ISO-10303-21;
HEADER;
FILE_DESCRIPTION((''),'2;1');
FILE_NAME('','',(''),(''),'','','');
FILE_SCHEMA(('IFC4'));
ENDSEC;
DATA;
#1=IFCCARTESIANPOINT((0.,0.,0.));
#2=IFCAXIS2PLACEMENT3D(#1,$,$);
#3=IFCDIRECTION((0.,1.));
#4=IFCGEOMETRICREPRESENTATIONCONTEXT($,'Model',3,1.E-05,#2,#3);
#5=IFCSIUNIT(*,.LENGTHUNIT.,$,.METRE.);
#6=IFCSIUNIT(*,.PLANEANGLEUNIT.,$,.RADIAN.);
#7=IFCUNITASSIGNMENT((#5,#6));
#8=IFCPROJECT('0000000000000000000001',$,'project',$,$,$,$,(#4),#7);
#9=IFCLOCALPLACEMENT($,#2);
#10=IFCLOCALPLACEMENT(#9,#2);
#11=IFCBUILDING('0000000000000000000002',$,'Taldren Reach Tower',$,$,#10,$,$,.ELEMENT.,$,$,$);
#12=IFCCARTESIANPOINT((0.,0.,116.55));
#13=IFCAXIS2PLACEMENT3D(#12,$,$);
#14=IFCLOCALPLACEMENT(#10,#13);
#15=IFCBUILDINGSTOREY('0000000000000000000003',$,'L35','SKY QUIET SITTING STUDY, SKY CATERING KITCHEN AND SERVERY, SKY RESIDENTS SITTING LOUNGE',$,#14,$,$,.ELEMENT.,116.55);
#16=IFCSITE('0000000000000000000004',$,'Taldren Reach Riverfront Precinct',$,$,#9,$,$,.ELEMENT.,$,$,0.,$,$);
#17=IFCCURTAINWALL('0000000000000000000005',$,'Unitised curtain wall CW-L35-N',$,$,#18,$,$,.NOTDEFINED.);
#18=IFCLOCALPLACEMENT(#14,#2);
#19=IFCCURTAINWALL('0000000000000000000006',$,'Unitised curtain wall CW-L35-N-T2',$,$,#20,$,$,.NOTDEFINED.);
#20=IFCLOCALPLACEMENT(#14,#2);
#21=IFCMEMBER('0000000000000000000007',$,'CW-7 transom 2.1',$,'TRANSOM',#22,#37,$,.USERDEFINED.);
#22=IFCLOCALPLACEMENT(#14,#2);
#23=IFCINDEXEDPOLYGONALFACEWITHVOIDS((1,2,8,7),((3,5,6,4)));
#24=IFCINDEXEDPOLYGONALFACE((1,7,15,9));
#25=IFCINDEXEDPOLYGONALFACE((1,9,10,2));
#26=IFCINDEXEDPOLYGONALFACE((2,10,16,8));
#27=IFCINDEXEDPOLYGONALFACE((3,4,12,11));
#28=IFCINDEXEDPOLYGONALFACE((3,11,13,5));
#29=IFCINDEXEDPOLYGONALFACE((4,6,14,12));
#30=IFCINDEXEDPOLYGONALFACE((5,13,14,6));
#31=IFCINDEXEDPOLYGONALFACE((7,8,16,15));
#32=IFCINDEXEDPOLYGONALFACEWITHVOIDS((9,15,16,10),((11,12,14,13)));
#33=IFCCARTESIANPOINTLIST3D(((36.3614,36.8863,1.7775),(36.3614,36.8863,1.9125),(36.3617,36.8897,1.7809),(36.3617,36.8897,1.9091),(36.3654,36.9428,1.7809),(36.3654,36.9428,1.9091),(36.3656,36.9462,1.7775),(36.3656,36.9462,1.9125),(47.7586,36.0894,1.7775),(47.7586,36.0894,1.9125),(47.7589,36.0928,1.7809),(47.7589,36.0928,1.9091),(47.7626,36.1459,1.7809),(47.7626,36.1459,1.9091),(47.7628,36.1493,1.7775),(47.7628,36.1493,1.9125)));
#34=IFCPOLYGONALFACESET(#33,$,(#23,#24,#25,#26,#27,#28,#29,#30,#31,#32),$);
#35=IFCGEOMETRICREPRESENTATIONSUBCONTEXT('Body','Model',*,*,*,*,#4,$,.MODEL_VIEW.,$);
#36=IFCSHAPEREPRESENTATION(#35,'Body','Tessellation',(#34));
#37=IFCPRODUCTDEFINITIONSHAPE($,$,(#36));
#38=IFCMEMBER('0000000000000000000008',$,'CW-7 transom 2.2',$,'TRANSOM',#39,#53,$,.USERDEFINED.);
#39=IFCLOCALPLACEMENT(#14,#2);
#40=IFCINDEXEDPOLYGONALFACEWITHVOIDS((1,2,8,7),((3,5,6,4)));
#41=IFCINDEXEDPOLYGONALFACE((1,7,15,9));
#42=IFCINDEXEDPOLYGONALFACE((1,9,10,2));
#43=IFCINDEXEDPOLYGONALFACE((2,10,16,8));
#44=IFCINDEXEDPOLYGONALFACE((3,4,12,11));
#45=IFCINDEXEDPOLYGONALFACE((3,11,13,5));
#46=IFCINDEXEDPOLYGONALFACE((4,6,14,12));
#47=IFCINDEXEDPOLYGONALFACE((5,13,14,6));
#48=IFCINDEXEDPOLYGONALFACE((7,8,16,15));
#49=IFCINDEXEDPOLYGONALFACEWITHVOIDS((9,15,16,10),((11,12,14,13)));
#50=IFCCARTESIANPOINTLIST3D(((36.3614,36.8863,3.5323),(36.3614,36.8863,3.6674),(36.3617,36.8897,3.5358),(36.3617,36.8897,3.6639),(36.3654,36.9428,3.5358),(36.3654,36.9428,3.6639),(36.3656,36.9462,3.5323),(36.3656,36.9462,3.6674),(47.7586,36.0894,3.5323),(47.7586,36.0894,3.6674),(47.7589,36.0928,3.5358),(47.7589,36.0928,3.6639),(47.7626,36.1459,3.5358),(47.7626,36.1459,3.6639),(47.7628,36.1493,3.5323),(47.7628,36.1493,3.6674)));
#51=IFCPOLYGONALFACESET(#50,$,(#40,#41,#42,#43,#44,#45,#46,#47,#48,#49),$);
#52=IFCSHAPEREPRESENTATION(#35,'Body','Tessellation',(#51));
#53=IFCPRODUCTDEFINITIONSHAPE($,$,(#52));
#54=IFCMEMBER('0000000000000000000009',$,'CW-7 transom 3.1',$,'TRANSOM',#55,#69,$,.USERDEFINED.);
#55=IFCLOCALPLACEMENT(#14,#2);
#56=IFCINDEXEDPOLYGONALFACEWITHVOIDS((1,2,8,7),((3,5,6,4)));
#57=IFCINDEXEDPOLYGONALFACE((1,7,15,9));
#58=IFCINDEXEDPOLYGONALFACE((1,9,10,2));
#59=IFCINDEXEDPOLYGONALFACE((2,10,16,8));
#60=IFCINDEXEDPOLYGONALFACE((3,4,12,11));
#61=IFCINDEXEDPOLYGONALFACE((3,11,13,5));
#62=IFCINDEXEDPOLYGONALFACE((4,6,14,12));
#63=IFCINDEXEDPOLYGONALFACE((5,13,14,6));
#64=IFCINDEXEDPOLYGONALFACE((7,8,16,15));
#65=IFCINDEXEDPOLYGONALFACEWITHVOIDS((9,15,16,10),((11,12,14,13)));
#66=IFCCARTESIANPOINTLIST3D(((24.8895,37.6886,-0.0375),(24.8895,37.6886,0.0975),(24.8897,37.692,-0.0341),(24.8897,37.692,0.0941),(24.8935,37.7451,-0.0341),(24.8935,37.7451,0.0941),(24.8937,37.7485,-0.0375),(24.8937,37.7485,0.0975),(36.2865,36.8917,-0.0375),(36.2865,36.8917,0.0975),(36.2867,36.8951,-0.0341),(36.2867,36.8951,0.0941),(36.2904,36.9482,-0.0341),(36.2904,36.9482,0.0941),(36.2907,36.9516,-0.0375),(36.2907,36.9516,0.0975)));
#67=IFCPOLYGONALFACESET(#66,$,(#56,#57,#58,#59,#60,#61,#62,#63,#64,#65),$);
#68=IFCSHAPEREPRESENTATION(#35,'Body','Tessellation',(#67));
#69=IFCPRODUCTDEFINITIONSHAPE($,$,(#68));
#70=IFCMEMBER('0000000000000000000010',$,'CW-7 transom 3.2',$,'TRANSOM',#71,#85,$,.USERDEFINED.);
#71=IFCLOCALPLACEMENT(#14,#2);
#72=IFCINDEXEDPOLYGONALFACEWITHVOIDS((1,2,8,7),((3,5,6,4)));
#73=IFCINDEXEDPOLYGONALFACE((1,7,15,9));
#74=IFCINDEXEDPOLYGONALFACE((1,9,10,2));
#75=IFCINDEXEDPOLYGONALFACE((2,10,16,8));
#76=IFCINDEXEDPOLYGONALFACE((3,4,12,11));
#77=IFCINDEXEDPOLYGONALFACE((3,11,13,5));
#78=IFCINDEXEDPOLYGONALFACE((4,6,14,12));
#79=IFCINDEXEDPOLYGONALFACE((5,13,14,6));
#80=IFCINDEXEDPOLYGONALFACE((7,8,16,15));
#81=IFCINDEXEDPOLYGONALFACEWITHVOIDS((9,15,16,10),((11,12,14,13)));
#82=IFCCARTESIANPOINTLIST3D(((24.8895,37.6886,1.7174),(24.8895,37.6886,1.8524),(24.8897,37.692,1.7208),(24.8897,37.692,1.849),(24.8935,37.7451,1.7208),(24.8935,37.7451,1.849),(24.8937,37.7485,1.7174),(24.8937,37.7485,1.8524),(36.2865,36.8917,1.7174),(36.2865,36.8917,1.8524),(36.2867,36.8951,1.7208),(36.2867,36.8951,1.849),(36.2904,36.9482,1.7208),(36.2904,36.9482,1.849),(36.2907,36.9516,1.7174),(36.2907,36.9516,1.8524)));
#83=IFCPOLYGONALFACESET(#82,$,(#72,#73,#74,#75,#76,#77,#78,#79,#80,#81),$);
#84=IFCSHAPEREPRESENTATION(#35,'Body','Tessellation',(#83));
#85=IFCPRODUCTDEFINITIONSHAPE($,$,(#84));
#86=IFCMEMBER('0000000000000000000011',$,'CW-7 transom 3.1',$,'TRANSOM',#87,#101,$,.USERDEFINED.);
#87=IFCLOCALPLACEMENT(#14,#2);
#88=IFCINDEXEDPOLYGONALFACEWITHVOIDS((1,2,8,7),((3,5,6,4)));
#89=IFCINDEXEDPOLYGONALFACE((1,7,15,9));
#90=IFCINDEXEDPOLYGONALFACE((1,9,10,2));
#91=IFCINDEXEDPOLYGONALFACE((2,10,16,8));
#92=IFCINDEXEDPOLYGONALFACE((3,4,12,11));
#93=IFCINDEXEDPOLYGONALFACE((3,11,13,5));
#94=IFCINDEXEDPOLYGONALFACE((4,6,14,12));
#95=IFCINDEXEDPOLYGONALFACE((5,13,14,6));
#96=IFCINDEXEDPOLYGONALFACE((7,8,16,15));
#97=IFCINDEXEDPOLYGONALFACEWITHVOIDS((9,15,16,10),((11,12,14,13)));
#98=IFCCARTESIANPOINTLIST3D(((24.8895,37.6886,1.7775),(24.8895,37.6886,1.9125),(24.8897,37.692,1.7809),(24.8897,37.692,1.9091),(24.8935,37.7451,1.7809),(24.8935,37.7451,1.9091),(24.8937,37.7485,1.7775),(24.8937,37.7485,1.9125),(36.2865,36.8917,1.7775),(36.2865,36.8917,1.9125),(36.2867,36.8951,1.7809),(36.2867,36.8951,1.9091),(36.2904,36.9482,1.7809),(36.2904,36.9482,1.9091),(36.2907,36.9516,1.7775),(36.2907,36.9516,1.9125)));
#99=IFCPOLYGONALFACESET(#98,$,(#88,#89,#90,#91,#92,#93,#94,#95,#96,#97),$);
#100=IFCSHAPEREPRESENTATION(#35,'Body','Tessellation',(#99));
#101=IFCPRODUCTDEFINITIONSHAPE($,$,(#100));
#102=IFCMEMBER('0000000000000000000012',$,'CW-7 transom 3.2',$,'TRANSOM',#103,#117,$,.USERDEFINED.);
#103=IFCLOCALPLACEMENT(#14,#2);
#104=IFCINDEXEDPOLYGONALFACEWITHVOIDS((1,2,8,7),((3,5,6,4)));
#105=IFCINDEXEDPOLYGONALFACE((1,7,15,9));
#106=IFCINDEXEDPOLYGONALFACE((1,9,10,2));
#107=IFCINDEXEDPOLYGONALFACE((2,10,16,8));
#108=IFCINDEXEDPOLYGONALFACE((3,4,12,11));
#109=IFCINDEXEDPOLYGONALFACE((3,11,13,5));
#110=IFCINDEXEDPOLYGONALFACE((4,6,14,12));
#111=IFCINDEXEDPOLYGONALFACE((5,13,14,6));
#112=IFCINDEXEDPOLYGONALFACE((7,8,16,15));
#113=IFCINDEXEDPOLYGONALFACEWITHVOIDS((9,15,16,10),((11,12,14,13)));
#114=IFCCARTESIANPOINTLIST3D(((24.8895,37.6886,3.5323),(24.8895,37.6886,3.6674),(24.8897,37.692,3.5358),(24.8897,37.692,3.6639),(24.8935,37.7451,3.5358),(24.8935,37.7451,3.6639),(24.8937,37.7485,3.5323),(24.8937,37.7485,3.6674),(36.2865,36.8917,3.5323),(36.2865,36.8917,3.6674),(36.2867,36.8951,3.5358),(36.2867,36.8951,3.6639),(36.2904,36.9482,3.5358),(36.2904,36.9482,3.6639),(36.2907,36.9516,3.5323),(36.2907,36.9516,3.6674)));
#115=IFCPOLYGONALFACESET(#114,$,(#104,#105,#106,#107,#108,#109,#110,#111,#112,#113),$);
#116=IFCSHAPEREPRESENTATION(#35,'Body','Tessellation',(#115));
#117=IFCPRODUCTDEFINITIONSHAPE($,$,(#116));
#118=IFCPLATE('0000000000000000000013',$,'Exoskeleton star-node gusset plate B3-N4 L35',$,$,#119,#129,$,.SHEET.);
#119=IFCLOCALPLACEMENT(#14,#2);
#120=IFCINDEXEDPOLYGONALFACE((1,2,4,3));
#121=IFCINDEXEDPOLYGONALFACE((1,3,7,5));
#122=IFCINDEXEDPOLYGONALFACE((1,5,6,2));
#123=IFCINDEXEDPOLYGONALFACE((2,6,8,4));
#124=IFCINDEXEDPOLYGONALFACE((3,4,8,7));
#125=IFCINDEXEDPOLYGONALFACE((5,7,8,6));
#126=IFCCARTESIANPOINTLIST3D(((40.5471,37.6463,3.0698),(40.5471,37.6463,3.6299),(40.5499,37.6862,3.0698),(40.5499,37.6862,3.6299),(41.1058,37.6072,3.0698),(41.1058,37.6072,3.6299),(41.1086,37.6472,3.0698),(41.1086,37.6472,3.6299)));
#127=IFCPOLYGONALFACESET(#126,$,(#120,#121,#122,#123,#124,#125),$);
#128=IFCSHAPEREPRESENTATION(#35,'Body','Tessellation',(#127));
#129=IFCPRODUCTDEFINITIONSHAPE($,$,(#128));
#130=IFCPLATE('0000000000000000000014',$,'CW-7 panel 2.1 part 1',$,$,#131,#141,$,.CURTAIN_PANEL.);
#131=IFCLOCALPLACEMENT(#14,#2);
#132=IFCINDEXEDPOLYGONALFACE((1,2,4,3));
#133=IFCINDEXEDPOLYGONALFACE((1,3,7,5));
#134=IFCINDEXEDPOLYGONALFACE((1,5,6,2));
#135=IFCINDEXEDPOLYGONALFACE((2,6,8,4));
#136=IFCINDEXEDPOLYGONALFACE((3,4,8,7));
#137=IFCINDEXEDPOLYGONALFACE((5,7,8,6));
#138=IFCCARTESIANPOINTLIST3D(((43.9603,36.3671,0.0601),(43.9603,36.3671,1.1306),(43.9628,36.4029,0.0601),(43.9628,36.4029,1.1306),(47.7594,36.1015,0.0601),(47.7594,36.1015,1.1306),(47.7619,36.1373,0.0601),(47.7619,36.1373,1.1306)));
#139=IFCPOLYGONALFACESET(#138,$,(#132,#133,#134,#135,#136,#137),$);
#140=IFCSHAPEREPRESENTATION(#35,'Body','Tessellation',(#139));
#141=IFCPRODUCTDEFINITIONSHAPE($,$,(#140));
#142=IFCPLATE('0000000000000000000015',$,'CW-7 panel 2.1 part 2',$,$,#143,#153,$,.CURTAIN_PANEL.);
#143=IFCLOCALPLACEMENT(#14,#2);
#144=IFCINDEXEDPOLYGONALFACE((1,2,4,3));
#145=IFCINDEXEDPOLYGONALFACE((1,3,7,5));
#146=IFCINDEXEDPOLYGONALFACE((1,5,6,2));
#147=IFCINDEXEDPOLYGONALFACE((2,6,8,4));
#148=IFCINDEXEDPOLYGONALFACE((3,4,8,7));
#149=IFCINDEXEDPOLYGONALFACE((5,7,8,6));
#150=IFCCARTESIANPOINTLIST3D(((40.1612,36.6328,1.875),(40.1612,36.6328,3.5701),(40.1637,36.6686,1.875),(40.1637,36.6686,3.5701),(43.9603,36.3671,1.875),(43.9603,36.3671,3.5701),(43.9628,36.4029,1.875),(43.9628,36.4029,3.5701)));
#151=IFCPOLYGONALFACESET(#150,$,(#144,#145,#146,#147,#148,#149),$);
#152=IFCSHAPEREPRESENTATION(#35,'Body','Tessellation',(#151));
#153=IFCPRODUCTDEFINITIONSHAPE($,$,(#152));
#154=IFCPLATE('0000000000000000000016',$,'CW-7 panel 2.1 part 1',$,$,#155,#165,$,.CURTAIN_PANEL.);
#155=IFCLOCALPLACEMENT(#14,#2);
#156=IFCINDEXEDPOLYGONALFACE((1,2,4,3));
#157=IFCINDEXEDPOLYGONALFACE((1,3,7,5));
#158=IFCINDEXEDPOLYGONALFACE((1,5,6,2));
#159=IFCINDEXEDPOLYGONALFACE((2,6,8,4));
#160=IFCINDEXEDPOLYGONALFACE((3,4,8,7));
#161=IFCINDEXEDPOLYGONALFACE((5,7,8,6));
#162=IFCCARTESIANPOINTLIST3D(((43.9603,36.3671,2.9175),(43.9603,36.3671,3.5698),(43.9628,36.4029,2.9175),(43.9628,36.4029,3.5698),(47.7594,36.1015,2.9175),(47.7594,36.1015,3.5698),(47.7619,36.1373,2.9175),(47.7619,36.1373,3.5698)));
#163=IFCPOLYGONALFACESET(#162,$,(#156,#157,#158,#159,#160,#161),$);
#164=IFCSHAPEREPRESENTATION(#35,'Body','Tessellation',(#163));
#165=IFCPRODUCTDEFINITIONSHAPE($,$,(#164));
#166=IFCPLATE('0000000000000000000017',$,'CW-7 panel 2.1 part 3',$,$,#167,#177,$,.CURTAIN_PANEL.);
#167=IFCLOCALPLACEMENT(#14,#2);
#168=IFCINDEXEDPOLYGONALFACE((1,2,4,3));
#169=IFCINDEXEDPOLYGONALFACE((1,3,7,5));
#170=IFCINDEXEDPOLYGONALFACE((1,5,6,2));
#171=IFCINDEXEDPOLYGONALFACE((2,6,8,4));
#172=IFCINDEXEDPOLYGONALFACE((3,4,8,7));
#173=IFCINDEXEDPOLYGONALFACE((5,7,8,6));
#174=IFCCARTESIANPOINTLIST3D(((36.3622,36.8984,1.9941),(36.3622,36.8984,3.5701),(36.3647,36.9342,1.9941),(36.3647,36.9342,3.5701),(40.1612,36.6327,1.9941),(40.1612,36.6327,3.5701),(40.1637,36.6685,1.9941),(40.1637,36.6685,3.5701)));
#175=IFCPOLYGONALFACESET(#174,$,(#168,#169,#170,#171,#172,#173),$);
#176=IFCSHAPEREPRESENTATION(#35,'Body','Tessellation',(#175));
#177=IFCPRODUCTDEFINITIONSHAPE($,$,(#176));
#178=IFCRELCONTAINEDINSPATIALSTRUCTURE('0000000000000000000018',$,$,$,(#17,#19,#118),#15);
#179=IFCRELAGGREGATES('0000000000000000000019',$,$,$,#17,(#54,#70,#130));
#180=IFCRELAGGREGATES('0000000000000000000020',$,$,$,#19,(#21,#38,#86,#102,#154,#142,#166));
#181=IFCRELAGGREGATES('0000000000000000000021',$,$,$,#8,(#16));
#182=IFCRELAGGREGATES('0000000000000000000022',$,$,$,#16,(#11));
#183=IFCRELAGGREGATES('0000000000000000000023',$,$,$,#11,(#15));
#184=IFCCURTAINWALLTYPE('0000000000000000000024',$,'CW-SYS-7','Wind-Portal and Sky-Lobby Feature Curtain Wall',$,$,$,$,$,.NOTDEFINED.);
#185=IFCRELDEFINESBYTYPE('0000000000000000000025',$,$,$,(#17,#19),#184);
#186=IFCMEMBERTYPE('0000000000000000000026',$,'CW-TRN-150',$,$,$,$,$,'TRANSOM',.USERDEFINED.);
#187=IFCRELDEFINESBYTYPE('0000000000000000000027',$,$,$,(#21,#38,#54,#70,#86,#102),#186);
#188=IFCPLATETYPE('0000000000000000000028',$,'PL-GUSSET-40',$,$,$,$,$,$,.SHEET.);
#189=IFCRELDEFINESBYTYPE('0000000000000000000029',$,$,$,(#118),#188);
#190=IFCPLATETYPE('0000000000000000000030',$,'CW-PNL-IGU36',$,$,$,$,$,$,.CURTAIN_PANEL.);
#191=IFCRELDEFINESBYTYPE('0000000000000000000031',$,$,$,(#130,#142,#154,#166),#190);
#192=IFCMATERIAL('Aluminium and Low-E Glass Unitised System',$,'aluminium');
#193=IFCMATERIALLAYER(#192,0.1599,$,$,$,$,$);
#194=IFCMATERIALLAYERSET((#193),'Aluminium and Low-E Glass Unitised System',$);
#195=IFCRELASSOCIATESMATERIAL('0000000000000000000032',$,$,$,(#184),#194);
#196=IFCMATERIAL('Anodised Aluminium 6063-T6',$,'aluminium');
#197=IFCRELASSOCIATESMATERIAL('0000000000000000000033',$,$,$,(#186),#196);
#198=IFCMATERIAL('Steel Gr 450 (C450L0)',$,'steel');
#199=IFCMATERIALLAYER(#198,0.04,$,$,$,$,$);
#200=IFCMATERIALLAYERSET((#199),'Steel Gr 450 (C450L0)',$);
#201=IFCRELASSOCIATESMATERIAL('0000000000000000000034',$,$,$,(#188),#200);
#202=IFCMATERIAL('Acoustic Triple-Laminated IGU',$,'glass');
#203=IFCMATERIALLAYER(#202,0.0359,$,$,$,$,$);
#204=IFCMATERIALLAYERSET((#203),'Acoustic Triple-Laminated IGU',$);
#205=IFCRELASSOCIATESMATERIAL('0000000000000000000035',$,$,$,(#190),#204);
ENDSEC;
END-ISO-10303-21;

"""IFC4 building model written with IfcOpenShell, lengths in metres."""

from ifc_helpers import new_model, si_unit, direction, frame, origin, origin_2d, place, context, subcontext, project, spatial, rectangle, hollow_rectangle, extrude, source, transform, mapped, material, layer, layer_set, material_profile, profile_set, type_object, element, aggregate, save


model = new_model("IFC4")

# Units and contexts
model_context = context("Model", 3, precision=1e-05, world=origin(), true_north=direction((0.0, 1.0)))
body_context = subcontext(model_context, "Body", "Model", "MODEL_VIEW")
ifc_project = project(units=[si_unit("LENGTHUNIT", "METRE"), si_unit("PLANEANGLEUNIT", "RADIAN")], contexts=[model_context])

# Site, building, storey
site_placement = place(None, origin())
site = spatial("IfcSite", under=ifc_project, at=site_placement, Name="Taldren Reach Riverfront Precinct", CompositionType="ELEMENT", RefElevation=0.0)
building_placement = place(site_placement, origin())
building = spatial("IfcBuilding", under=site, at=building_placement, Name="Taldren Reach Tower", CompositionType="ELEMENT")
storey_placement = place(building_placement, frame((0.0, 0.0, 116.55)))
storey = spatial("IfcBuildingStorey", under=building, at=storey_placement, Name="L35", Description="SKY QUIET SITTING STUDY, SKY CATERING KITCHEN AND SERVERY, SKY RESIDENTS SITTING LOUNGE", CompositionType="ELEMENT", Elevation=116.55)

# Shared definitions
ifc_material_1 = material(Name="Steel Gr 450 (C450L0)", Category="steel")

# Curtain walls
ifc_material_2 = material(Name="Aluminium and Low-E Glass Unitised System", Category="aluminium")
ifc_layer_1 = layer(ifc_material_2, 0.1599)
ifc_layer_set_1 = layer_set([ifc_layer_1], Name="Aluminium and Low-E Glass Unitised System")
curtain_wall_type = type_object("IfcCurtainWallType", Name="CW-SYS-7", Description="Wind-Portal and Sky-Lobby Feature Curtain Wall", PredefinedType="NOTDEFINED", material=ifc_layer_set_1)
curtain_wall_1_placement = place(storey_placement, origin())
curtain_wall_1 = element("IfcCurtainWall", 1, at=curtain_wall_1_placement, inside=storey, type_object=curtain_wall_type, Name="Unitised curtain wall CW-L35-N", PredefinedType="NOTDEFINED")
ifc_material_3 = material(Name="Anodised Aluminium 6063-T6", Category="aluminium")
curtain_wall_2_placement = place(storey_placement, origin())
curtain_wall_2 = element("IfcCurtainWall", 2, at=curtain_wall_2_placement, inside=storey, type_object=curtain_wall_type, Name="Unitised curtain wall CW-L35-N-T2", PredefinedType="NOTDEFINED")

# Members
ifc_material_profile_1 = material_profile(ifc_material_3, hollow_rectangle(XDim=0.0601, YDim=0.135, WallThickness=0.0034, at=origin_2d()), Name="ALU-135x60x3.5RHS")
ifc_profile_set_1 = profile_set([ifc_material_profile_1], Name="Anodised Aluminium 6063-T6")
member_type_1 = type_object("IfcMemberType", Name="CW-TRN-150", ElementType="TRANSOM", PredefinedType="USERDEFINED", material=ifc_profile_set_1)
shared_shape_1 = source(origin(), body_context, "Body", "SweptSolid", [
    extrude(hollow_rectangle(XDim=0.0601, YDim=0.135, WallThickness=0.0034, at=origin_2d()), origin(), (0.0, 0.0, 1.0), 11.425),
])
member_1_placement = place(storey_placement, frame((47.7607, 36.1194, 1.845), z_axis=(-0.997565, 0.069748, 0.0), x_axis=(-0.069748, -0.997565, 0.0)))
member_1 = element("IfcMember", 3, at=member_1_placement, type_object=member_type_1, Name="CW-7 transom 2.1", ObjectType="TRANSOM", PredefinedType="USERDEFINED", context=body_context, shape_type="MappedRepresentation", body=[
    mapped(shared_shape_1, transform((0.0, 0.0, 0.0), scale=1.0)),
])
member_2_placement = place(storey_placement, frame((47.7607, 36.1194, 3.5999), z_axis=(-0.997565, 0.069748, 0.0), x_axis=(-0.069748, -0.997565, 0.0)))
member_2 = element("IfcMember", 4, at=member_2_placement, type_object=member_type_1, Name="CW-7 transom 2.2", ObjectType="TRANSOM", PredefinedType="USERDEFINED", context=body_context, shape_type="MappedRepresentation", body=[
    mapped(shared_shape_1, transform((0.0, 0.0, 0.0), scale=1.0)),
])
shared_shape_2 = source(origin(), body_context, "Body", "SweptSolid", [
    extrude(hollow_rectangle(XDim=0.0601, YDim=0.135, WallThickness=0.0034, at=origin_2d()), origin(), (0.0, 0.0, 1.0), 11.4248),
])
member_3_placement = place(storey_placement, frame((36.2886, 36.9216, 0.03), z_axis=(-0.997565, 0.06975, 0.0), x_axis=(-0.06975, -0.997565, 0.0)))
member_3 = element("IfcMember", 5, at=member_3_placement, type_object=member_type_1, Name="CW-7 transom 3.1", ObjectType="TRANSOM", PredefinedType="USERDEFINED", context=body_context, shape_type="MappedRepresentation", body=[
    mapped(shared_shape_2, transform((0.0, 0.0, 0.0), scale=1.0)),
])
member_4_placement = place(storey_placement, frame((36.2886, 36.9216, 1.7849), z_axis=(-0.997565, 0.06975, 0.0), x_axis=(-0.06975, -0.997565, 0.0)))
member_4 = element("IfcMember", 6, at=member_4_placement, type_object=member_type_1, Name="CW-7 transom 3.2", ObjectType="TRANSOM", PredefinedType="USERDEFINED", context=body_context, shape_type="MappedRepresentation", body=[
    mapped(shared_shape_2, transform((0.0, 0.0, 0.0), scale=1.0)),
])
member_5_placement = place(storey_placement, frame((36.2886, 36.9216, 1.845), z_axis=(-0.997565, 0.06975, 0.0), x_axis=(-0.06975, -0.997565, 0.0)))
member_5 = element("IfcMember", 7, at=member_5_placement, type_object=member_type_1, Name="CW-7 transom 3.1", ObjectType="TRANSOM", PredefinedType="USERDEFINED", context=body_context, shape_type="MappedRepresentation", body=[
    mapped(shared_shape_2, transform((0.0, 0.0, 0.0), scale=1.0)),
])
member_6_placement = place(storey_placement, frame((36.2886, 36.9216, 3.5999), z_axis=(-0.997565, 0.06975, 0.0), x_axis=(-0.06975, -0.997565, 0.0)))
member_6 = element("IfcMember", 8, at=member_6_placement, type_object=member_type_1, Name="CW-7 transom 3.2", ObjectType="TRANSOM", PredefinedType="USERDEFINED", context=body_context, shape_type="MappedRepresentation", body=[
    mapped(shared_shape_2, transform((0.0, 0.0, 0.0), scale=1.0)),
])

# Plates
ifc_layer_2 = layer(ifc_material_1, 0.04)
ifc_layer_set_2 = layer_set([ifc_layer_2], Name="Steel Gr 450 (C450L0)")
plate_type_1 = type_object("IfcPlateType", Name="PL-GUSSET-40", PredefinedType="SHEET", material=ifc_layer_set_2)
shared_shape_3 = source(origin(), body_context, "Body", "SweptSolid", [
    extrude(rectangle(XDim=0.5601, YDim=0.04, at=origin_2d()), origin(), (0.0, 0.0, 1.0), 0.5601),
])
plate_1_placement = place(storey_placement, frame((40.8279, 37.6467, 3.0698), z_axis=(0.0, 0.0, 1.0), x_axis=(0.997564, -0.069756, 0.0)))
element("IfcPlate", 9, at=plate_1_placement, inside=storey, type_object=plate_type_1, Name="Exoskeleton star-node gusset plate B3-N4 L35", PredefinedType="SHEET", context=body_context, shape_type="MappedRepresentation", body=[
    mapped(shared_shape_3, transform((0.0, 0.0, 0.0), scale=1.0)),
])
ifc_material_4 = material(Name="Acoustic Triple-Laminated IGU", Category="glass")
ifc_layer_3 = layer(ifc_material_4, 0.0359)
ifc_layer_set_3 = layer_set([ifc_layer_3], Name="Acoustic Triple-Laminated IGU")
plate_type_2 = type_object("IfcPlateType", Name="CW-PNL-IGU36", PredefinedType="CURTAIN_PANEL", material=ifc_layer_set_3)
shared_shape_4 = source(origin(), body_context, "Body", "SweptSolid", [
    extrude(rectangle(XDim=3.8083, YDim=0.0359, at=origin_2d()), origin(), (0.0, 0.0, 1.0), 1.0706),
])
plate_2_placement = place(storey_placement, frame((45.8611, 36.2522, 0.0601), z_axis=(0.0, 0.0, 1.0), x_axis=(-0.997564, 0.069757, 0.0)))
plate_2 = element("IfcPlate", 10, at=plate_2_placement, type_object=plate_type_2, Name="CW-7 panel 2.1 part 1", PredefinedType="CURTAIN_PANEL", context=body_context, shape_type="MappedRepresentation", body=[
    mapped(shared_shape_4, transform((0.0, 0.0, 0.0), scale=1.0)),
])
aggregate(curtain_wall_1, [member_3, member_4, plate_2])
shared_shape_5 = source(origin(), body_context, "Body", "SweptSolid", [
    extrude(rectangle(XDim=3.8083, YDim=0.0359, at=origin_2d()), origin(), (0.0, 0.0, 1.0), 1.6951),
])
plate_3_placement = place(storey_placement, frame((42.062, 36.5178, 1.875), z_axis=(0.0, 0.0, 1.0), x_axis=(-0.997564, 0.069757, 0.0)))
plate_3 = element("IfcPlate", 11, at=plate_3_placement, type_object=plate_type_2, Name="CW-7 panel 2.1 part 2", PredefinedType="CURTAIN_PANEL", context=body_context, shape_type="MappedRepresentation", body=[
    mapped(shared_shape_5, transform((0.0, 0.0, 0.0), scale=1.0)),
])
shared_shape_6 = source(origin(), body_context, "Body", "SweptSolid", [
    extrude(rectangle(XDim=3.8083, YDim=0.0359, at=origin_2d()), origin(), (0.0, 0.0, 1.0), 0.6523),
])
plate_4_placement = place(storey_placement, frame((45.8611, 36.2522, 2.9175), z_axis=(0.0, 0.0, 1.0), x_axis=(-0.997564, 0.069757, 0.0)))
plate_4 = element("IfcPlate", 12, at=plate_4_placement, type_object=plate_type_2, Name="CW-7 panel 2.1 part 1", PredefinedType="CURTAIN_PANEL", context=body_context, shape_type="MappedRepresentation", body=[
    mapped(shared_shape_6, transform((0.0, 0.0, 0.0), scale=1.0)),
])
shared_shape_7 = source(origin(), body_context, "Body", "SweptSolid", [
    extrude(rectangle(XDim=3.8083, YDim=0.0359, at=origin_2d()), origin(), (0.0, 0.0, 1.0), 1.5759),
])
plate_5_placement = place(storey_placement, frame((38.2629, 36.7834, 1.9941), z_axis=(0.0, 0.0, 1.0), x_axis=(-0.997564, 0.069757, 0.0)))
plate_5 = element("IfcPlate", 13, at=plate_5_placement, type_object=plate_type_2, Name="CW-7 panel 2.1 part 3", PredefinedType="CURTAIN_PANEL", context=body_context, shape_type="MappedRepresentation", body=[
    mapped(shared_shape_7, transform((0.0, 0.0, 0.0), scale=1.0)),
])
aggregate(curtain_wall_2, [member_1, member_2, member_5, member_6, plate_4, plate_3, plate_5])

save(model, "model.ifc")
